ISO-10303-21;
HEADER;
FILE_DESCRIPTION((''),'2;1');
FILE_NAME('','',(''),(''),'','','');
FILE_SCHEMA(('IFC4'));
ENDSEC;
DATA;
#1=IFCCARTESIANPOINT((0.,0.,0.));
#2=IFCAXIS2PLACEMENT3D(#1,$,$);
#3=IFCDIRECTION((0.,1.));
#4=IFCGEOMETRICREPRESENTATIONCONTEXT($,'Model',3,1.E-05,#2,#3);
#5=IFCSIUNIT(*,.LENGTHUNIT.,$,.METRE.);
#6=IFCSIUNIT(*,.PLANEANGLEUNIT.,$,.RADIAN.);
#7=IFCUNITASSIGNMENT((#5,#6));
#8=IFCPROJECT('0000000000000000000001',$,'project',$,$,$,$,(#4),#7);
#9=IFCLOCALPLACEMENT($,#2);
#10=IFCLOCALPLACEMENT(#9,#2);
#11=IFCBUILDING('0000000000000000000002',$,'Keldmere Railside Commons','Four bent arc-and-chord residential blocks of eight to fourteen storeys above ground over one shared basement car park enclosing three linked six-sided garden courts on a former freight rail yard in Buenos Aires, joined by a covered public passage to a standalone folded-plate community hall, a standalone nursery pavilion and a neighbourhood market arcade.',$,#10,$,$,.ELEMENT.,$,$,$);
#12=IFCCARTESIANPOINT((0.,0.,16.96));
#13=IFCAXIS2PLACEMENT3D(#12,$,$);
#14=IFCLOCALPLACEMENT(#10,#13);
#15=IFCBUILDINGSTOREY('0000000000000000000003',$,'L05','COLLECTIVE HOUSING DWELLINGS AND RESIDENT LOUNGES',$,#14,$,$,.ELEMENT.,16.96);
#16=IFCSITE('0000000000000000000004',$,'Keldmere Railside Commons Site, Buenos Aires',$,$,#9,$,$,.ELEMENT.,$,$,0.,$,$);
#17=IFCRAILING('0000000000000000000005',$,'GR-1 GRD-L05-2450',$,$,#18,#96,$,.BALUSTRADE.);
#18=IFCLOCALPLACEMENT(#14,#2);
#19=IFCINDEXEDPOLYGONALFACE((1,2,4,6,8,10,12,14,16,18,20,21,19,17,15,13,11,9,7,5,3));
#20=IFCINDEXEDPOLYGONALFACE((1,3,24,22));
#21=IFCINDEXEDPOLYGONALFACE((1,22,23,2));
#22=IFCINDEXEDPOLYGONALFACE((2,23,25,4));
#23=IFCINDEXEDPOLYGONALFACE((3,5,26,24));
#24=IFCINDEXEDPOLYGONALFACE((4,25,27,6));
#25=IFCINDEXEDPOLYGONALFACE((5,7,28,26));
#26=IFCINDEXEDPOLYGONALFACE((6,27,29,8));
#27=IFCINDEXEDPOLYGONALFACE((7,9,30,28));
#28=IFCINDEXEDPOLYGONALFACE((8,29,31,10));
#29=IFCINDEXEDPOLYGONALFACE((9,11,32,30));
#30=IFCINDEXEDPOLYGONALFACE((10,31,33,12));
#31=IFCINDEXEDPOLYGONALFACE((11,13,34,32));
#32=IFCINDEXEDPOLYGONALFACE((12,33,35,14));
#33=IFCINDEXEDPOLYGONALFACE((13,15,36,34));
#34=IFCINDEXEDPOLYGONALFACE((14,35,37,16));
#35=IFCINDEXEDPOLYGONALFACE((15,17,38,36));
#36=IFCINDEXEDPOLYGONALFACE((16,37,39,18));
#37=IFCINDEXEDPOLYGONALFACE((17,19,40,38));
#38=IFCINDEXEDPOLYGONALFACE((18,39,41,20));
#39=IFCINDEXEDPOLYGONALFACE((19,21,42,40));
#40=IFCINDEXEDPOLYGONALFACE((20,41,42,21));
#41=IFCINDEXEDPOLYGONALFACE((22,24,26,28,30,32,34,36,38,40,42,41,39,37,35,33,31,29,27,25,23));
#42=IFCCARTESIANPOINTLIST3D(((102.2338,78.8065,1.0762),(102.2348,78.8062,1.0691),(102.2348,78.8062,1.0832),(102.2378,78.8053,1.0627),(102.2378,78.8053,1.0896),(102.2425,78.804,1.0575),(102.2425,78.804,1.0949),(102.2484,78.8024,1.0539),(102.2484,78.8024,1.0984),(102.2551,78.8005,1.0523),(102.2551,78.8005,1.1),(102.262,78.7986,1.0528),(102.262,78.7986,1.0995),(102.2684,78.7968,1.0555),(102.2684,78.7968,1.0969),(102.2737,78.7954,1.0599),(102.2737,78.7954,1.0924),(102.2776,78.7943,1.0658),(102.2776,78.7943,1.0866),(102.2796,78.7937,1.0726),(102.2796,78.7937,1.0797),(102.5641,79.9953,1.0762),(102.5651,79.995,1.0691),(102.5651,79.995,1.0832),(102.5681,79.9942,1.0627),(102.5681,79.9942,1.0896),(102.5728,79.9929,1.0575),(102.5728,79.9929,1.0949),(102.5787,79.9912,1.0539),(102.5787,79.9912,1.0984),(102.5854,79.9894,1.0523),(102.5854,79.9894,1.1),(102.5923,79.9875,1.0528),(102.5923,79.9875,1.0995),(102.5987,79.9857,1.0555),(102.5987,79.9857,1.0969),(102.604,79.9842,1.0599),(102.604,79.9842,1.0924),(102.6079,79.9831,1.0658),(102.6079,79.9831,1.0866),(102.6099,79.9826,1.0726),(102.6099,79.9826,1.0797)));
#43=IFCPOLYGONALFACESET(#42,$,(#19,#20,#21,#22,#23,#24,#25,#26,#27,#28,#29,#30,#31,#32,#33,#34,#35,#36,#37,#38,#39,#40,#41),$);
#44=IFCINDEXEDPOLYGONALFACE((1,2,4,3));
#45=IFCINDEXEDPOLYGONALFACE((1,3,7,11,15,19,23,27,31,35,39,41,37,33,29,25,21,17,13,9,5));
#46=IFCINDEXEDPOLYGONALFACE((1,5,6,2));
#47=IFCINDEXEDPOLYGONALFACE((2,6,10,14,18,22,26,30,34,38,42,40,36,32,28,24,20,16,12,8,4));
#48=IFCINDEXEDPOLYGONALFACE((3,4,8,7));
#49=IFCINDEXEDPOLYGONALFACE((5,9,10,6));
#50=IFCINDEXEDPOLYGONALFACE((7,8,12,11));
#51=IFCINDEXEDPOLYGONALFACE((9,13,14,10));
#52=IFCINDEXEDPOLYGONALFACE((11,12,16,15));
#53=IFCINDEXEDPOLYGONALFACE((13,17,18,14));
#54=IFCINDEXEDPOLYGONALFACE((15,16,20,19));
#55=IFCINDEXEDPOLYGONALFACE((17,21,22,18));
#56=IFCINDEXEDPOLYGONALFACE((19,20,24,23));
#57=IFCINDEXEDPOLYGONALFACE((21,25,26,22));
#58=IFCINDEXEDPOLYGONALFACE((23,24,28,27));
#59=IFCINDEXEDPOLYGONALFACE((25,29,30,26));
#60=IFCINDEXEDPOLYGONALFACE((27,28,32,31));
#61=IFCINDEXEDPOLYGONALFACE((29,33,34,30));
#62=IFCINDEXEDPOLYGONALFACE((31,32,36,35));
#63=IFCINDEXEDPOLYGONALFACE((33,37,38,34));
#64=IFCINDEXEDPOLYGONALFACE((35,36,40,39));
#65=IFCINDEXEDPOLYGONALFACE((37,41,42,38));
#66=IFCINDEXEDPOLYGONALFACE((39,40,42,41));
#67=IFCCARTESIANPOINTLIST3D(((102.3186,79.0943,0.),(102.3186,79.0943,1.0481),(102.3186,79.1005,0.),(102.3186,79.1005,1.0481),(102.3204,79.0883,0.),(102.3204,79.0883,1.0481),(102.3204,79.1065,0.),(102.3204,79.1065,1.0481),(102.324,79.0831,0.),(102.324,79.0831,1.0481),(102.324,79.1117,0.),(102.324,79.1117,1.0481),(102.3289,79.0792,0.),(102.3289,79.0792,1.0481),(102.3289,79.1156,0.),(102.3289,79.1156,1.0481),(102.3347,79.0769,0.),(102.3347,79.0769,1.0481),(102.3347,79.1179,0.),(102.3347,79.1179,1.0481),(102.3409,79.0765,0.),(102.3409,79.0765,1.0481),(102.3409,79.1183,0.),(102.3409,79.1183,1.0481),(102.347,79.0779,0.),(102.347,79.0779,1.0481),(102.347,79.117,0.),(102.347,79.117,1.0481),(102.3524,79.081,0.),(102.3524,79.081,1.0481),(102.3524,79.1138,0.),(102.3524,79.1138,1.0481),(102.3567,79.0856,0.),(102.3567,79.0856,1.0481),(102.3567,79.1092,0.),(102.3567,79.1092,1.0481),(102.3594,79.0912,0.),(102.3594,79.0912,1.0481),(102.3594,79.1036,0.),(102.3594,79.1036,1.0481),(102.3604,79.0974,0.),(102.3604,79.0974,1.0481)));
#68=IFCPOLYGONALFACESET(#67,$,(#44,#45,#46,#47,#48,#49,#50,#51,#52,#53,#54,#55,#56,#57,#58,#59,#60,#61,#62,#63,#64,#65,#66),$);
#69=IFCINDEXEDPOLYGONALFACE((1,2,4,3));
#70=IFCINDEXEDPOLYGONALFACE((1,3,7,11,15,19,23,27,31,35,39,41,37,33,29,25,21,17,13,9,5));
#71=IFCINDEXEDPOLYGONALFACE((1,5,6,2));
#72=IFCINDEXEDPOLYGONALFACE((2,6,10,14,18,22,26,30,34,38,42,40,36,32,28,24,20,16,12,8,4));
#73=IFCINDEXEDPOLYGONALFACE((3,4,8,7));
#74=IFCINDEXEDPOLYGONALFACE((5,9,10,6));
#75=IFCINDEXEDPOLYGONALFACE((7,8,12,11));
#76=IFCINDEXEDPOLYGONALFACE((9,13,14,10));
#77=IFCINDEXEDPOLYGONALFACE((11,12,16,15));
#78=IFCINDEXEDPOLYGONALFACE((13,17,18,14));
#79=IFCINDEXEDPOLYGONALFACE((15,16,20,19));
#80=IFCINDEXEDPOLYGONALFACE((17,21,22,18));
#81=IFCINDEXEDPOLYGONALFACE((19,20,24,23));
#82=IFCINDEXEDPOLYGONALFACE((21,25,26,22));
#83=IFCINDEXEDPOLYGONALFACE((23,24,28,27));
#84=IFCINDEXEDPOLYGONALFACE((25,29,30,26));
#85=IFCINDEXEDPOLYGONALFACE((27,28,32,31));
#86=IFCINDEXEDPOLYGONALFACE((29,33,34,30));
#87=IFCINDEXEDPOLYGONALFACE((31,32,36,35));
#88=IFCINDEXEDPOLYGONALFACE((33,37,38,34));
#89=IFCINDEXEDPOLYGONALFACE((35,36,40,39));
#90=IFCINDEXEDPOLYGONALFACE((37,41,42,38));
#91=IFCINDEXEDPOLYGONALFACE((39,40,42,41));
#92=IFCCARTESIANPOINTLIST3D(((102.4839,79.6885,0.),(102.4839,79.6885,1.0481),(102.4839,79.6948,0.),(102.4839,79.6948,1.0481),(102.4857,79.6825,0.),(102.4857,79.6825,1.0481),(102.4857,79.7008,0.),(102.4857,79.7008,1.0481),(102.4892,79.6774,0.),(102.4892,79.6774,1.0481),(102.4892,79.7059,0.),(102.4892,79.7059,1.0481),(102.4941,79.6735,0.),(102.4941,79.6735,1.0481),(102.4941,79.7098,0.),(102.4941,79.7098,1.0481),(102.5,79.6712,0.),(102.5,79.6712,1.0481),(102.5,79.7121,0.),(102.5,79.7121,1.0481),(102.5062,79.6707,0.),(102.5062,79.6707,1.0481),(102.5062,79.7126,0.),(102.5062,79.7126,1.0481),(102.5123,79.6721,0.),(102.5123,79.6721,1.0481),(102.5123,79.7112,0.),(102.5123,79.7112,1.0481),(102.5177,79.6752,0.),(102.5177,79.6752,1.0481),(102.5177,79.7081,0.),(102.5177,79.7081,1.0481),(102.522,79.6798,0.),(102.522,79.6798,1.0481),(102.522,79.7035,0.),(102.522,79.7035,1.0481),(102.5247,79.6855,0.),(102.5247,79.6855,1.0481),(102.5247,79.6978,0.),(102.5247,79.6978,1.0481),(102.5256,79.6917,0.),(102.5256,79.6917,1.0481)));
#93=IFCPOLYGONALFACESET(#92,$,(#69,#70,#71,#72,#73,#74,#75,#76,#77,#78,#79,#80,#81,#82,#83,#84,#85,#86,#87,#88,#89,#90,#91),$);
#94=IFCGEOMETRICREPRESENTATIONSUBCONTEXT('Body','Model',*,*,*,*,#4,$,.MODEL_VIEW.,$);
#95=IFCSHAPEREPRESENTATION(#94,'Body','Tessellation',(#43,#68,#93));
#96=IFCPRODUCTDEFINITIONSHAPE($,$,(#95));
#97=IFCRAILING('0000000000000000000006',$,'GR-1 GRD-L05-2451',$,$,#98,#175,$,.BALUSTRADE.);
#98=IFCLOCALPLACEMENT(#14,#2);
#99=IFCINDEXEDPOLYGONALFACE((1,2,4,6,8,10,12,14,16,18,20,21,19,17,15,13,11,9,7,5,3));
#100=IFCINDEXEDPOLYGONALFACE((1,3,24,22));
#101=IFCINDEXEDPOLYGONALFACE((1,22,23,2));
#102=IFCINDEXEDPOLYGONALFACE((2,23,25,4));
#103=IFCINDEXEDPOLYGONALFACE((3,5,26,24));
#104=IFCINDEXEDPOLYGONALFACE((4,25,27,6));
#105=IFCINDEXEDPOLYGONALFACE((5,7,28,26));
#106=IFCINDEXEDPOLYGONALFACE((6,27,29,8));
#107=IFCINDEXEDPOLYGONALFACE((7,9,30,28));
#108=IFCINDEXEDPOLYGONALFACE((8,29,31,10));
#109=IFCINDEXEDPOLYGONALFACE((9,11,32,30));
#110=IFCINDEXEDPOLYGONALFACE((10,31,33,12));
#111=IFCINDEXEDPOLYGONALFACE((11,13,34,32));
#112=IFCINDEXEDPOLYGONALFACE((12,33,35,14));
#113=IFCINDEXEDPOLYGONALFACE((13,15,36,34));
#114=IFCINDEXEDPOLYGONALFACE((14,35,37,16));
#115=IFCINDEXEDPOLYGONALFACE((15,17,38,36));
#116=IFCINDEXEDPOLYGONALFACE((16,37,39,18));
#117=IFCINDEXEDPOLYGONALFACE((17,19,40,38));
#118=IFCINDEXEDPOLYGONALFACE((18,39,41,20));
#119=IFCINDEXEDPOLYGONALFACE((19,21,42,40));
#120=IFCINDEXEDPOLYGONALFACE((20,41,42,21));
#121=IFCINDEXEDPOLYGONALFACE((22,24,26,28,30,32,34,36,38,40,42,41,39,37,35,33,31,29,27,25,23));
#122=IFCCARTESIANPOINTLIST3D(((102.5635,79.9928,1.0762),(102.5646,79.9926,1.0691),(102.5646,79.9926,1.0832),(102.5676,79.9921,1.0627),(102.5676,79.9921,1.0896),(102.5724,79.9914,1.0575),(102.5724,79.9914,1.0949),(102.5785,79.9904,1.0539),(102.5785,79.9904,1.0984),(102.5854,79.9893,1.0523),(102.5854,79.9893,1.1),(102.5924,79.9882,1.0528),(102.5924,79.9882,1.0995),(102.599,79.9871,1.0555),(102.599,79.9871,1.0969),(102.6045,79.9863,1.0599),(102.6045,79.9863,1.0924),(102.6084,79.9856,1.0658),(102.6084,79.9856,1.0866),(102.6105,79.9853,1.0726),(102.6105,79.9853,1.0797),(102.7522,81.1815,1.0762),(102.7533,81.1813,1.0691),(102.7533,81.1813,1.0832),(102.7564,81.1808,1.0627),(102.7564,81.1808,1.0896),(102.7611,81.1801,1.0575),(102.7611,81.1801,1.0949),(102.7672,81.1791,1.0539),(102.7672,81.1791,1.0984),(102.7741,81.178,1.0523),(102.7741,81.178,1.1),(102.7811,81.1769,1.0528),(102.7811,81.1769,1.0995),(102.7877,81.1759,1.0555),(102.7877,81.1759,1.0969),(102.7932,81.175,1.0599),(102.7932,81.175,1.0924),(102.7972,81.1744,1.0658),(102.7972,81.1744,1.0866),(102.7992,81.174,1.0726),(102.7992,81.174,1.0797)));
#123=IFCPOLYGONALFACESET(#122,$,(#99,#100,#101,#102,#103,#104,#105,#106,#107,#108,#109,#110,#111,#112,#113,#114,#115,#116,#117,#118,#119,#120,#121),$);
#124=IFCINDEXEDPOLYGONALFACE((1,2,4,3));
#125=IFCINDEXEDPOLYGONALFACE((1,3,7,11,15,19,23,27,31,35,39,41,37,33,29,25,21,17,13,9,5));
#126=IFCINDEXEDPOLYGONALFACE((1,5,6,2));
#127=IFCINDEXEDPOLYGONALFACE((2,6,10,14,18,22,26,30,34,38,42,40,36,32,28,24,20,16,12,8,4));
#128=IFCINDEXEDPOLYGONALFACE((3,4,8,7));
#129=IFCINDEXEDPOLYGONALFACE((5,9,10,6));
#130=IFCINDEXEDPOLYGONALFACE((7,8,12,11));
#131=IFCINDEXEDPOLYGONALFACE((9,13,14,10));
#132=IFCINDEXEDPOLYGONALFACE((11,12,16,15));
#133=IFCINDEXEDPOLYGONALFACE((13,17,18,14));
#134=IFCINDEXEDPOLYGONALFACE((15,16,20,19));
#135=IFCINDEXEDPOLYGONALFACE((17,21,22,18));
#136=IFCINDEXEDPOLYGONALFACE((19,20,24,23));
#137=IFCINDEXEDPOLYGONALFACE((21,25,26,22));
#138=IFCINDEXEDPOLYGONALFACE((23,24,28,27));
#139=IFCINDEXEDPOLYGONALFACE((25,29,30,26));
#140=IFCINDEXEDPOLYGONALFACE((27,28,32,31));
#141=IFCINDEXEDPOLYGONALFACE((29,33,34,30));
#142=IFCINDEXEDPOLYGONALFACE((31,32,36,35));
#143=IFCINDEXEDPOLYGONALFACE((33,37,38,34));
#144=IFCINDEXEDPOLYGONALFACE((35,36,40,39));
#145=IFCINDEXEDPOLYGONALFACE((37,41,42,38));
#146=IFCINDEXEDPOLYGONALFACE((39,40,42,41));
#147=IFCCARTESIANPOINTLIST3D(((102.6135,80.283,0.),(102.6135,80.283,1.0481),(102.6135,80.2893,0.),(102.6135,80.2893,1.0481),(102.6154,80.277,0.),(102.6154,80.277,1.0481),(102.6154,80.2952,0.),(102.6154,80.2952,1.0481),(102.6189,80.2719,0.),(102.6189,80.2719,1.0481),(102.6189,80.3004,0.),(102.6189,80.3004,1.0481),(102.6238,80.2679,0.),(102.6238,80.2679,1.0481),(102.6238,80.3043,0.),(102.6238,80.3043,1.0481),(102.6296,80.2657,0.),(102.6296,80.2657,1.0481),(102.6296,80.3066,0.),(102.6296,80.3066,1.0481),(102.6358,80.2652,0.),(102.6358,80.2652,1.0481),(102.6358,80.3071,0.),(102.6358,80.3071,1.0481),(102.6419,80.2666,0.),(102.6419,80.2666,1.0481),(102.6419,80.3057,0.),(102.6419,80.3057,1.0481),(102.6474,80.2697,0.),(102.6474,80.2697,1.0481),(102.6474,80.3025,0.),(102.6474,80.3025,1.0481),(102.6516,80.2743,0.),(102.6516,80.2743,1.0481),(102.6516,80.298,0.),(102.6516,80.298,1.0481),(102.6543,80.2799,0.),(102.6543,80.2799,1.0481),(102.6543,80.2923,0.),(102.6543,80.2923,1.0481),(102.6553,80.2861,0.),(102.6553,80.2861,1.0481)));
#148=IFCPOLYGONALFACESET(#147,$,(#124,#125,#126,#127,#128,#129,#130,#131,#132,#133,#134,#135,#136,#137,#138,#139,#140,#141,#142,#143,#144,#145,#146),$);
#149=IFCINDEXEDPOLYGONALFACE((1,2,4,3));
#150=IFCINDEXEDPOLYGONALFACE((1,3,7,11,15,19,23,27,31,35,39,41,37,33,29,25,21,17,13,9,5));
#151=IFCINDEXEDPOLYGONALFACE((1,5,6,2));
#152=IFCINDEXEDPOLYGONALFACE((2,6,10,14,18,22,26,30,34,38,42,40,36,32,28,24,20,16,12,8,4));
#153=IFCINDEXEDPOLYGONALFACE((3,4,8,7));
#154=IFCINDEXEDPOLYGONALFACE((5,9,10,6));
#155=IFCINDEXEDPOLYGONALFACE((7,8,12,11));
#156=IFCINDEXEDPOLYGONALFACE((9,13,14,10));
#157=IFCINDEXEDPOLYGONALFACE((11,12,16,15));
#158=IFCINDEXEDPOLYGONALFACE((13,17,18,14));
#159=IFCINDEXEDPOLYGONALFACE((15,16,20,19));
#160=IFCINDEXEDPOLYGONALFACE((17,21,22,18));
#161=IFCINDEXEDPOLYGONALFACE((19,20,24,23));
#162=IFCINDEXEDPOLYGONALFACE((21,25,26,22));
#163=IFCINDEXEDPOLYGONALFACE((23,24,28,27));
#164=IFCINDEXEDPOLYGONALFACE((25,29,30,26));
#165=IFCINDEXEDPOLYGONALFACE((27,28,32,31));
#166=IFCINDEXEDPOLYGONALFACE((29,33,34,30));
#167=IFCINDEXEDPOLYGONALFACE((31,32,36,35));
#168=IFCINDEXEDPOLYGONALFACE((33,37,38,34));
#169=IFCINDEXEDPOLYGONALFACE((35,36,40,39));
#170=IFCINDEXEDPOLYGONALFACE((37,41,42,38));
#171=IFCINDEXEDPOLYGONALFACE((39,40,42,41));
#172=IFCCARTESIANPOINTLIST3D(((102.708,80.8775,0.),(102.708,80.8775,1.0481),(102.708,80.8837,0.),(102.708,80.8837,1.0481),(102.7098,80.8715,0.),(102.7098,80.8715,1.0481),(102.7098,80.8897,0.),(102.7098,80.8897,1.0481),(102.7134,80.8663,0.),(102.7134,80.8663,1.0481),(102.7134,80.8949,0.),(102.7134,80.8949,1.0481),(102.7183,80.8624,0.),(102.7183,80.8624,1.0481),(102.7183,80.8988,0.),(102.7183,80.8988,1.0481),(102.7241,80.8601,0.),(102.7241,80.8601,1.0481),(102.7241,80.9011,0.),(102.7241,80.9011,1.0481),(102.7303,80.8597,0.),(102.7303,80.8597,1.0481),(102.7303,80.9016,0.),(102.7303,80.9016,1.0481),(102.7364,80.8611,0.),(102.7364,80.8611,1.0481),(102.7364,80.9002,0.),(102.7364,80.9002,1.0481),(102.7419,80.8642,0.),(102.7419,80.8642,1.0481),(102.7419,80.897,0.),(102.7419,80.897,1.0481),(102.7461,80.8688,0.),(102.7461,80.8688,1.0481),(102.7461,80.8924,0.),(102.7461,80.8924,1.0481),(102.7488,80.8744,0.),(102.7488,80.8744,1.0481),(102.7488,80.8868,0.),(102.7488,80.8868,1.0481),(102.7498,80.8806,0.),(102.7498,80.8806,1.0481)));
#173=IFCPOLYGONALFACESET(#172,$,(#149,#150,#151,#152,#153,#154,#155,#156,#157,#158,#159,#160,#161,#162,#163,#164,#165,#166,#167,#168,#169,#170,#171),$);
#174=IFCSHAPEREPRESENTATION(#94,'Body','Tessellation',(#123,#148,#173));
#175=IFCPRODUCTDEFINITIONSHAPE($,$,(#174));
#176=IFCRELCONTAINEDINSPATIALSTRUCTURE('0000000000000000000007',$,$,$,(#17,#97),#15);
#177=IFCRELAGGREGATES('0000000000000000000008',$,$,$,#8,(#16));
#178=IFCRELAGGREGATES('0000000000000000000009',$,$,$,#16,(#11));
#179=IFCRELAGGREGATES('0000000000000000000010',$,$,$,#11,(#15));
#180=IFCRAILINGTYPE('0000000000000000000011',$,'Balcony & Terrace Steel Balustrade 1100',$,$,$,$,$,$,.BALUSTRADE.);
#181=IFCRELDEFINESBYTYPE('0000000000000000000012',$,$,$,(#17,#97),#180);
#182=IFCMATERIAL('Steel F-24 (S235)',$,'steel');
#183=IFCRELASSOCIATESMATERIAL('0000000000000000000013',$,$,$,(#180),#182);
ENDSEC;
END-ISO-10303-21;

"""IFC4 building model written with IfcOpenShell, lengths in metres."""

from ifc_helpers import new_model, si_unit, direction, frame, origin, origin_2d, place, context, subcontext, project, spatial, circle, extrude, material, type_object, element, save


model = new_model("IFC4")

# Units and contexts
model_context = context("Model", 3, precision=1e-05, world=origin(), true_north=direction((0.0, 1.0)))
body_context = subcontext(model_context, "Body", "Model", "MODEL_VIEW")
ifc_project = project(units=[si_unit("LENGTHUNIT", "METRE"), si_unit("PLANEANGLEUNIT", "RADIAN")], contexts=[model_context])

# Site, building, storey
site_placement = place(None, origin())
site = spatial("IfcSite", under=ifc_project, at=site_placement, Name="Keldmere Railside Commons Site, Buenos Aires", CompositionType="ELEMENT", RefElevation=0.0)
building_placement = place(site_placement, origin())
building = spatial("IfcBuilding", under=site, at=building_placement, Name="Keldmere Railside Commons", Description="Four bent arc-and-chord residential blocks of eight to fourteen storeys above ground over one shared basement car park enclosing three linked six-sided garden courts on a former freight rail yard in Buenos Aires, joined by a covered public passage to a standalone folded-plate community hall, a standalone nursery pavilion and a neighbourhood market arcade.", CompositionType="ELEMENT")
storey_placement = place(building_placement, frame((0.0, 0.0, 16.96)))
storey = spatial("IfcBuildingStorey", under=building, at=storey_placement, Name="L05", Description="COLLECTIVE HOUSING DWELLINGS AND RESIDENT LOUNGES", CompositionType="ELEMENT", Elevation=16.96)

# Shared definitions
ifc_material_1 = material(Name="Steel F-24 (S235)", Category="steel")

# Railings
railing_type = type_object("IfcRailingType", Name="Balcony & Terrace Steel Balustrade 1100", PredefinedType="BALUSTRADE", material=ifc_material_1)
railing_1_placement = place(storey_placement, frame((102.2568, 78.8, 0.0)))
element("IfcRailing", 1, at=railing_1_placement, inside=storey, type_object=railing_type, Name="GR-1 GRD-L05-2450", PredefinedType="BALUSTRADE", context=body_context, shape_type="SweptSolid", body=[
    extrude(circle(Radius=0.0239, at=origin_2d()), frame((0.0, 0.0, 1.0762), z_axis=(0.267685, 0.963507, 0.0), x_axis=(-0.963507, 0.267685, 0.0)), (0.0, 0.0, 1.0), 1.2339),
    extrude(circle(Radius=0.021, at=origin_2d()), frame((0.0825, 0.2974, 0.0)), (0.0, 0.0, 1.0), 1.0481),
    extrude(circle(Radius=0.021, at=origin_2d()), frame((0.2478, 0.8916, 0.0)), (0.0, 0.0, 1.0), 1.0481),
])
railing_2_placement = place(storey_placement, frame((102.5872, 79.989, 0.0)))
element("IfcRailing", 2, at=railing_2_placement, inside=storey, type_object=railing_type, Name="GR-1 GRD-L05-2451", PredefinedType="BALUSTRADE", context=body_context, shape_type="SweptSolid", body=[
    extrude(circle(Radius=0.0239, at=origin_2d()), frame((0.0, 0.0, 1.0762), z_axis=(0.156796, 0.987631, 0.0), x_axis=(-0.987631, 0.156796, 0.0)), (0.0, 0.0, 1.0), 1.2036),
    extrude(circle(Radius=0.021, at=origin_2d()), frame((0.0471, 0.2971, 0.0)), (0.0, 0.0, 1.0), 1.0481),
    extrude(circle(Radius=0.021, at=origin_2d()), frame((0.1416, 0.8916, 0.0)), (0.0, 0.0, 1.0), 1.0481),
])

save(model, "model.ifc")
